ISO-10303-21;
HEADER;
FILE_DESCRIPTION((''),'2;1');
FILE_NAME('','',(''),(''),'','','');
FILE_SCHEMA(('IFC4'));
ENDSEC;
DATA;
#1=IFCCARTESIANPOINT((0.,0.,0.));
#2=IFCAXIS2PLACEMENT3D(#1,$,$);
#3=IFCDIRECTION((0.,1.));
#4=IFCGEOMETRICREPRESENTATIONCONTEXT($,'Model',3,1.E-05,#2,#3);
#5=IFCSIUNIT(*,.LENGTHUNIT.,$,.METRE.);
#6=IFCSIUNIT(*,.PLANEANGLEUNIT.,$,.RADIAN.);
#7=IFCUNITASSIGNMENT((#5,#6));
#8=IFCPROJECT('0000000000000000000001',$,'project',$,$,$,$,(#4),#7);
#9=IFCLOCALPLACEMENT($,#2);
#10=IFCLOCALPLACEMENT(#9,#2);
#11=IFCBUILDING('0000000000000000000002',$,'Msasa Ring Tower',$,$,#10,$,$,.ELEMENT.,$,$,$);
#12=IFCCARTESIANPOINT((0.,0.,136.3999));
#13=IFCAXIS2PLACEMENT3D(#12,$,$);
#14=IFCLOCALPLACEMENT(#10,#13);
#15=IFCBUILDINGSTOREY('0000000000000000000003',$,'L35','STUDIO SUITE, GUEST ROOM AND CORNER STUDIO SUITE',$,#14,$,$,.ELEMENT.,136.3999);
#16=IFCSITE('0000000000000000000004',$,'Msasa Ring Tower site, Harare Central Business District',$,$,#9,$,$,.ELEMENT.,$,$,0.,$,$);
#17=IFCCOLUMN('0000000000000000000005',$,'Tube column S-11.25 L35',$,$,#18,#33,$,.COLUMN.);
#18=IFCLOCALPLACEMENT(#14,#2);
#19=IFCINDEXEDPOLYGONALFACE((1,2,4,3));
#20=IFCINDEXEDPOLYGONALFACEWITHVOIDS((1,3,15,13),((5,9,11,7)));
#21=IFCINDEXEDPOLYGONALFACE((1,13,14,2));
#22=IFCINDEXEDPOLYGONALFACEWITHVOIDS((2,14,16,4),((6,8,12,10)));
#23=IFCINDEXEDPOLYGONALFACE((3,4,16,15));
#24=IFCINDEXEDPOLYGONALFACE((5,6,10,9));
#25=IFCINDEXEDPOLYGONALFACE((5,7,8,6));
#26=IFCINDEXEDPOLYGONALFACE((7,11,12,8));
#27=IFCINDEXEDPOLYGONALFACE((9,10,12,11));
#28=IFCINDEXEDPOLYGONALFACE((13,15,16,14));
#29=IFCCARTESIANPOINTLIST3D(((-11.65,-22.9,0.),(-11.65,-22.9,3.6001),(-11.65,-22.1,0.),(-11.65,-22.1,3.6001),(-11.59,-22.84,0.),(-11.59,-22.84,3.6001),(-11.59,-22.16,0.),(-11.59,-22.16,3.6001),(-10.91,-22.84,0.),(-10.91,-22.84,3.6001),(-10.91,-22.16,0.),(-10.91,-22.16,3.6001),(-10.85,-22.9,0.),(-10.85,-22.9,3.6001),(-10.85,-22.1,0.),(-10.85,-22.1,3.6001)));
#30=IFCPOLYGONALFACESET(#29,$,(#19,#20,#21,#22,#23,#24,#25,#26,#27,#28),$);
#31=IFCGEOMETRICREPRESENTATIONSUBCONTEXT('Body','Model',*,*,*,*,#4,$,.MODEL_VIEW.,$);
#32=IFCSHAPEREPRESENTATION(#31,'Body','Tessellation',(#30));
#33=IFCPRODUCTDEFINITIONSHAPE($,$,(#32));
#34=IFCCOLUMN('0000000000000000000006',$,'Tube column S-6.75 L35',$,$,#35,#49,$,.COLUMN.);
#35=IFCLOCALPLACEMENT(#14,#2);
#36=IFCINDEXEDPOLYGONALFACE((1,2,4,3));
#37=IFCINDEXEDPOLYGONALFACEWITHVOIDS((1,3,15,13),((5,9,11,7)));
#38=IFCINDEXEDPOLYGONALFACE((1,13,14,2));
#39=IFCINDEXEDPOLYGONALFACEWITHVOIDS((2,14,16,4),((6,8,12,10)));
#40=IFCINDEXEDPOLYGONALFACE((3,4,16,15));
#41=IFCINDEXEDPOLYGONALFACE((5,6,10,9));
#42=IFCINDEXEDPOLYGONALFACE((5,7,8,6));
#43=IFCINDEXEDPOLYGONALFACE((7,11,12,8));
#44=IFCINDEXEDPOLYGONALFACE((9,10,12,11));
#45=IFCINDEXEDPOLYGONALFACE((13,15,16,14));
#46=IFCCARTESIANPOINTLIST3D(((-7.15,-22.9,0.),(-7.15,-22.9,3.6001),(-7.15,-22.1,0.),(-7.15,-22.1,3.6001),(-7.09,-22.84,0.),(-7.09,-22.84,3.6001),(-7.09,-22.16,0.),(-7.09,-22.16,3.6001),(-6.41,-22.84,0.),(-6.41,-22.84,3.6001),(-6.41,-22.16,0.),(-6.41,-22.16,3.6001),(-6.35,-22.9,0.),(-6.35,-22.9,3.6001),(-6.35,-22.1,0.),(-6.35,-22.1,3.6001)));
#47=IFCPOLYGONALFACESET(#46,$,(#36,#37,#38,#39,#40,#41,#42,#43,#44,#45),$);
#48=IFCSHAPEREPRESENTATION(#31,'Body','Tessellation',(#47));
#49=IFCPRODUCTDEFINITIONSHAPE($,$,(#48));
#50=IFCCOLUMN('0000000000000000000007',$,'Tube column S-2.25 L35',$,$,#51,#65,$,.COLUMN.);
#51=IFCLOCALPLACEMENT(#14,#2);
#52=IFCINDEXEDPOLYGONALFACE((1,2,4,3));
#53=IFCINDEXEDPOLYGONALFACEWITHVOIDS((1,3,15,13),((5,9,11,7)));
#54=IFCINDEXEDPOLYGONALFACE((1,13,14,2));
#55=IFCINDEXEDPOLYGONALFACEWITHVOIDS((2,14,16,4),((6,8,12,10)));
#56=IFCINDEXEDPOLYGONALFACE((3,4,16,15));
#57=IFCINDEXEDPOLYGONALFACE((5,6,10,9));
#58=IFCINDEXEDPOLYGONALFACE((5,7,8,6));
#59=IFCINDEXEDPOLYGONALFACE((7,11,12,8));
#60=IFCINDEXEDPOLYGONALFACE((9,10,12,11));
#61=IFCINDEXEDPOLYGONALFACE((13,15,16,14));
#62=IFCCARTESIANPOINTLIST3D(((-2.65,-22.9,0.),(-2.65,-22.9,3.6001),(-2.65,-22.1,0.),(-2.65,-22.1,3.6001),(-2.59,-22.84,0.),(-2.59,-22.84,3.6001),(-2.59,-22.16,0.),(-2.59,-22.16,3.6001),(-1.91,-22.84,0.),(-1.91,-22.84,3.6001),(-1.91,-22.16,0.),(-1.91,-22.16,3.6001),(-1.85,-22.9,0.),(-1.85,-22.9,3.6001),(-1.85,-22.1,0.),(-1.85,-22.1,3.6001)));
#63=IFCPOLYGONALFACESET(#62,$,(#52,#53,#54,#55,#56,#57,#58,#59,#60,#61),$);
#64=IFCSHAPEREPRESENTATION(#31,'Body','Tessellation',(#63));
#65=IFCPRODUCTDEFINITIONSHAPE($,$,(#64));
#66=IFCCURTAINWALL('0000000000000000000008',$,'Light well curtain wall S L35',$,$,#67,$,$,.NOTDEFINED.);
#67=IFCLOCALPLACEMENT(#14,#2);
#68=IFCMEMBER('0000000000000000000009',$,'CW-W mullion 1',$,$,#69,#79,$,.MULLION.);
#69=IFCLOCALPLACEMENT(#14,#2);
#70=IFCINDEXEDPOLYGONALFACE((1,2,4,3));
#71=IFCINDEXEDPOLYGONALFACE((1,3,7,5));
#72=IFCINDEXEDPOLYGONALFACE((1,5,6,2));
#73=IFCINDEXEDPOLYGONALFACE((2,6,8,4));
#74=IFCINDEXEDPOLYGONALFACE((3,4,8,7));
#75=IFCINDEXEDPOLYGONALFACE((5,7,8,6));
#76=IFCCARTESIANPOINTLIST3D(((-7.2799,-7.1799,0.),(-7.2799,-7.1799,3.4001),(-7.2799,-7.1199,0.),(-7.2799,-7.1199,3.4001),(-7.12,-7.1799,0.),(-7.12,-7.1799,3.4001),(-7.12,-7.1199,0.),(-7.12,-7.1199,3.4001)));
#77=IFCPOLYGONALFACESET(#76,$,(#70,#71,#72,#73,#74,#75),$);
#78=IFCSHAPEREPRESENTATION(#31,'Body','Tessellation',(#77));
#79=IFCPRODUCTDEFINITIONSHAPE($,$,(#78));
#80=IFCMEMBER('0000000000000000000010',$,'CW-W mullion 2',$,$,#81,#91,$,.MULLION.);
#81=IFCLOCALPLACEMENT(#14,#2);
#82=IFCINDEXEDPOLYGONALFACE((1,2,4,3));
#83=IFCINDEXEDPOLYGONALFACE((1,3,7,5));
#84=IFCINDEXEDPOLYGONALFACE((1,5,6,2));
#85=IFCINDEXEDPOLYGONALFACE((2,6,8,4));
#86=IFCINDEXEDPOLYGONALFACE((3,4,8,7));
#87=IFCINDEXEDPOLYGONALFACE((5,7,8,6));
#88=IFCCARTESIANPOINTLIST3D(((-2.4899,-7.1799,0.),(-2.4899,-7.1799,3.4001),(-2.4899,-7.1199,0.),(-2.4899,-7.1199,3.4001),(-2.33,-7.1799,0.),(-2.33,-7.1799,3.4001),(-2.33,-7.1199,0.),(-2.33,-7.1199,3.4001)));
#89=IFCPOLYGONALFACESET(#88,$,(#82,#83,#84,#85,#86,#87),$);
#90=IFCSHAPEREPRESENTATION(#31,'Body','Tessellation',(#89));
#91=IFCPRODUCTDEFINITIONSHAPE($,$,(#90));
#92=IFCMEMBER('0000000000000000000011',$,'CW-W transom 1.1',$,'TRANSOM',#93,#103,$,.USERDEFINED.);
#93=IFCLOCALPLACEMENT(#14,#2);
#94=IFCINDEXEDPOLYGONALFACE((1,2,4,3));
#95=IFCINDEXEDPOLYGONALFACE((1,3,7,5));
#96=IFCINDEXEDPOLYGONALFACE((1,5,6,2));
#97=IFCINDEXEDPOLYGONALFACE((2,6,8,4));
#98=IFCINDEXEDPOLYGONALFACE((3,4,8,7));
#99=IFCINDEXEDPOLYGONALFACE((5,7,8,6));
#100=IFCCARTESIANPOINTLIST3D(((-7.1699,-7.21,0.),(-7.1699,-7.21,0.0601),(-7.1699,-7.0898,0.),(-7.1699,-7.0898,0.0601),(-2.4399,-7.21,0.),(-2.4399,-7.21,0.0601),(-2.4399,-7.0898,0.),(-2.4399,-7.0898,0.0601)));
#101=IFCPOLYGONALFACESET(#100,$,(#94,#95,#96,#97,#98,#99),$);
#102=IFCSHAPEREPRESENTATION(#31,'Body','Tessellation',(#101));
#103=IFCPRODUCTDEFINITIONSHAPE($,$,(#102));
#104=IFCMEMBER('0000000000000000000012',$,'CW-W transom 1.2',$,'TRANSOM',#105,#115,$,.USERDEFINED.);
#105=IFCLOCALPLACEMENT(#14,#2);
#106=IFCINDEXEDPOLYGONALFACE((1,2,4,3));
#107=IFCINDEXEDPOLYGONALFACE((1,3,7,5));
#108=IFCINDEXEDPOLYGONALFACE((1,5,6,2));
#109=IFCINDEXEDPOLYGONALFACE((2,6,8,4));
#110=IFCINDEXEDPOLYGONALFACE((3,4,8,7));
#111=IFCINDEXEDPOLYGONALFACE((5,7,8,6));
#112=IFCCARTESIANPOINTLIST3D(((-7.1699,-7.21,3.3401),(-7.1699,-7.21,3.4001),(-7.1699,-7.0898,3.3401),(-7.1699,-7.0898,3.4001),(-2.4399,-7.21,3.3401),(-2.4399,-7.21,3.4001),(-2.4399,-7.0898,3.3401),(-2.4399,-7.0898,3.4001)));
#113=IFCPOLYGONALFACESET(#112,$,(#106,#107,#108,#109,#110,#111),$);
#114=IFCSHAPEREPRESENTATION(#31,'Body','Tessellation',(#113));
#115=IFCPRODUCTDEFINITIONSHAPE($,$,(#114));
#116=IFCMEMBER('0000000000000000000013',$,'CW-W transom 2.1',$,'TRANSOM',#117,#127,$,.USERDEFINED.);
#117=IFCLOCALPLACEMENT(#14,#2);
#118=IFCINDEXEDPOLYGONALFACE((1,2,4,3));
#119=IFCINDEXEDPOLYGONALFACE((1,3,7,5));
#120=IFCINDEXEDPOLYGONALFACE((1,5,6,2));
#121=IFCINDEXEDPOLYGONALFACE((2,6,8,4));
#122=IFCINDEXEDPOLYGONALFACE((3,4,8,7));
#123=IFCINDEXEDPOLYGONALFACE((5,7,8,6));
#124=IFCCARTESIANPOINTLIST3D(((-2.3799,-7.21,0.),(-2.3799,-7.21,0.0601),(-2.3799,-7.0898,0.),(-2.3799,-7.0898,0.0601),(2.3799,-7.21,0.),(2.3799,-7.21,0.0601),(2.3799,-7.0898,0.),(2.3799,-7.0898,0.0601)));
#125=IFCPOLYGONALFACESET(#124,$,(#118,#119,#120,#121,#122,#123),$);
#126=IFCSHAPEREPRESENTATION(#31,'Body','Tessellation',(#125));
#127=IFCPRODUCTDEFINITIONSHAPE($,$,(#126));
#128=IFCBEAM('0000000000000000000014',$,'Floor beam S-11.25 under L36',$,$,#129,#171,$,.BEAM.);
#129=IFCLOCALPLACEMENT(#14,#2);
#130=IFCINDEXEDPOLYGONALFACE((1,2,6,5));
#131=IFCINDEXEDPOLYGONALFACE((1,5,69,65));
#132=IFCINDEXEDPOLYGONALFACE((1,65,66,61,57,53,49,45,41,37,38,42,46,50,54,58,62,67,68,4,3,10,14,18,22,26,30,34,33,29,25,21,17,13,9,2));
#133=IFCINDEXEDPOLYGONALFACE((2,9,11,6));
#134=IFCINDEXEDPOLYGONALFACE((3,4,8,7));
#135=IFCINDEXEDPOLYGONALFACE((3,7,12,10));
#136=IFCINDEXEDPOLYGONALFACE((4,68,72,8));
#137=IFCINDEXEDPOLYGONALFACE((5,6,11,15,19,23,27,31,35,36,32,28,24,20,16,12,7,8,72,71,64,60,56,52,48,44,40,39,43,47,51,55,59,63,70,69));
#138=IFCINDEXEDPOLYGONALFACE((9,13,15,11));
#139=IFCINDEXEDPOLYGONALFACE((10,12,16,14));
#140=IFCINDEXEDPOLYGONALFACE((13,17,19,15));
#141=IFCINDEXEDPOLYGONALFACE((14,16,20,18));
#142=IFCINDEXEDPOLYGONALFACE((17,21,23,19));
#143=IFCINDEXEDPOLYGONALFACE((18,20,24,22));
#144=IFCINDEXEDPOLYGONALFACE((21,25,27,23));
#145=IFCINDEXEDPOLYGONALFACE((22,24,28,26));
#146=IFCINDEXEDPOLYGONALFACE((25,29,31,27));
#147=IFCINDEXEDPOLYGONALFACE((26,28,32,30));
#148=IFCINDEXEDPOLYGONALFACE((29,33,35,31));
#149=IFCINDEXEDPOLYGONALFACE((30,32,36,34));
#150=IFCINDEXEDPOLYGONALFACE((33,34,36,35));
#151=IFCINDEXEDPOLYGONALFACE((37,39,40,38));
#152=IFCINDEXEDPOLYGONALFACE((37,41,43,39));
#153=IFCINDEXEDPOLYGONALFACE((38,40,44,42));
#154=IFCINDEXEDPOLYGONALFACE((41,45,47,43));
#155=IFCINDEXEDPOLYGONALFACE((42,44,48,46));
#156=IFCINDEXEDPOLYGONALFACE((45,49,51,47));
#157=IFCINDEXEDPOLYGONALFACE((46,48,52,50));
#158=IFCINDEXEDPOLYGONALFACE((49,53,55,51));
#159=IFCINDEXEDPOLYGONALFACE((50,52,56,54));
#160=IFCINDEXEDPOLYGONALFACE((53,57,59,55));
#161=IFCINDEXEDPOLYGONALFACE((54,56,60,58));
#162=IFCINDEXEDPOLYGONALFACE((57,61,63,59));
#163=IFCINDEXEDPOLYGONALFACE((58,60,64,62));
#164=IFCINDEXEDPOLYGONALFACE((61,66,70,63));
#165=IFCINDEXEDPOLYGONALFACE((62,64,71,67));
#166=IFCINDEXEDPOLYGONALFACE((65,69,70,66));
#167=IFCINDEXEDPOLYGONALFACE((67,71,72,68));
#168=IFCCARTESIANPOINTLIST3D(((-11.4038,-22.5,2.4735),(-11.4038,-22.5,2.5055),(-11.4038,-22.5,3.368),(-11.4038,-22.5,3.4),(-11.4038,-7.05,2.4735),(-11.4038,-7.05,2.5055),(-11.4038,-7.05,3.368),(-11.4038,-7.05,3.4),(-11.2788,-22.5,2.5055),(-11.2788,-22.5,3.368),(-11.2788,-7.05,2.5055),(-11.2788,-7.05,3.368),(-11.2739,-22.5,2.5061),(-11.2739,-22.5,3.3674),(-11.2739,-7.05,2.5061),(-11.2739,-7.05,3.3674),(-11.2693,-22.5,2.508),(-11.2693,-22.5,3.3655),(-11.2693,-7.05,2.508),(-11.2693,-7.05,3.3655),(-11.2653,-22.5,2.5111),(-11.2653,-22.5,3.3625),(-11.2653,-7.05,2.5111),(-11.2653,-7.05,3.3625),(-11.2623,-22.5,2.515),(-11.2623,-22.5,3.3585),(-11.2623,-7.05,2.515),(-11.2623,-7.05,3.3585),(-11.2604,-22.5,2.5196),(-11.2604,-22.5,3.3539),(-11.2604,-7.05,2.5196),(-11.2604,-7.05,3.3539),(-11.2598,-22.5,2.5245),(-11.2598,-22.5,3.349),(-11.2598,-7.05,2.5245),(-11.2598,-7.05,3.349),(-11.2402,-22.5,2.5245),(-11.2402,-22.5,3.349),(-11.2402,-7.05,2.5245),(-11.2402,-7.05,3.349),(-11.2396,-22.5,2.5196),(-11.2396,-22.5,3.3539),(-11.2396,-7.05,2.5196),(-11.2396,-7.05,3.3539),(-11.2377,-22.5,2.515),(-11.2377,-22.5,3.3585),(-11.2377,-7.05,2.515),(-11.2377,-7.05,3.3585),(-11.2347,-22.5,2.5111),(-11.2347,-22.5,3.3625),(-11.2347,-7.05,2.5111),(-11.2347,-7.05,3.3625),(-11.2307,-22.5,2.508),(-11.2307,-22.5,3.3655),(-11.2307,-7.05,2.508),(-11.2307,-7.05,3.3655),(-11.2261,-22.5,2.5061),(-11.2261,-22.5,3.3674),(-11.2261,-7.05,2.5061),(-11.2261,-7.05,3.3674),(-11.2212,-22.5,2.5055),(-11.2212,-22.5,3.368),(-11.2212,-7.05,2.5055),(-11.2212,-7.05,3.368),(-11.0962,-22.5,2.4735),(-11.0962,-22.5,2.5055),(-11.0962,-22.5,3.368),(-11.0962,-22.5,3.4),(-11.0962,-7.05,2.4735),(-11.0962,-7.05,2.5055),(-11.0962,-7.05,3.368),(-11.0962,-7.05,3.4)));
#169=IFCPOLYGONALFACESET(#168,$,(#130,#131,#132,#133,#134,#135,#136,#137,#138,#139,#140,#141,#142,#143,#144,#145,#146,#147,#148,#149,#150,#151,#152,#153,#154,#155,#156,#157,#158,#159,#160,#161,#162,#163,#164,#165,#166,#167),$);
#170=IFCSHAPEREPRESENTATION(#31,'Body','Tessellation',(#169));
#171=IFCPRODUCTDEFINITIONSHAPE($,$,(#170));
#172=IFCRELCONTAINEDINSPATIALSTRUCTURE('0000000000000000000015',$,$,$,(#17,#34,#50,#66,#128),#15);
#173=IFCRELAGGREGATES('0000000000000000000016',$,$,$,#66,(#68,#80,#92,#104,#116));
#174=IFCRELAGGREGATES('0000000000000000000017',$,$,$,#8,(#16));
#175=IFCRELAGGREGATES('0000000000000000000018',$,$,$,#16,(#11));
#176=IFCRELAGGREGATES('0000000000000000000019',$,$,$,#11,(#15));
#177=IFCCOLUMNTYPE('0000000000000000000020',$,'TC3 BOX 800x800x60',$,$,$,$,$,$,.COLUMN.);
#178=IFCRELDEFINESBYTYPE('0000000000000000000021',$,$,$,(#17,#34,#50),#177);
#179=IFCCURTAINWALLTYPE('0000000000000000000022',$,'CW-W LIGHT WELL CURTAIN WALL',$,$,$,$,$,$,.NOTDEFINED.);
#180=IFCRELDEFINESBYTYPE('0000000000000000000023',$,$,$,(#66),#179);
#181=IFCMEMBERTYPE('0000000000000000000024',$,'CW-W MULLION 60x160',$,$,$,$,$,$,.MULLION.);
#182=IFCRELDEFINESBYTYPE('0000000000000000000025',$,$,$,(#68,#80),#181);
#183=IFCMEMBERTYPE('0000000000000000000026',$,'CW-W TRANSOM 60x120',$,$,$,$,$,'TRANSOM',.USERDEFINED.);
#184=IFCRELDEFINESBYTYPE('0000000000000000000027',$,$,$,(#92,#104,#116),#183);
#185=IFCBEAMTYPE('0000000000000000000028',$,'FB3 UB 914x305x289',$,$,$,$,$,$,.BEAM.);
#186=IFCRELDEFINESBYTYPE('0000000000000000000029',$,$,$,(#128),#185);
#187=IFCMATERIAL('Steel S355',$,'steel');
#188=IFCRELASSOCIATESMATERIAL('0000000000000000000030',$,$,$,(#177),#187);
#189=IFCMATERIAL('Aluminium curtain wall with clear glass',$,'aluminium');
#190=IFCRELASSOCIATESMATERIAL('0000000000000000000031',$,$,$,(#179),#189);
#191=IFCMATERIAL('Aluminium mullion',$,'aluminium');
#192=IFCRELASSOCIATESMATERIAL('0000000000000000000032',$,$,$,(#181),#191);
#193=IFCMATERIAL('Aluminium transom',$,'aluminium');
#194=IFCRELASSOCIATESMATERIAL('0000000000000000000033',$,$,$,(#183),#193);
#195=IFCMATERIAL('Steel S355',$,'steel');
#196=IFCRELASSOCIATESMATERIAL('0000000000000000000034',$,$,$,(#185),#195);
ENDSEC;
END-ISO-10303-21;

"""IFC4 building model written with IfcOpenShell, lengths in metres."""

from ifc_helpers import new_model, si_unit, direction, frame, origin, origin_2d, place, context, subcontext, project, spatial, rectangle, hollow_rectangle, i_section, extrude, material, material_profile, profile_set, type_object, element, aggregate, save


model = new_model("IFC4")

# Units and contexts
model_context = context("Model", 3, precision=1e-05, world=origin(), true_north=direction((0.0, 1.0)))
body_context = subcontext(model_context, "Body", "Model", "MODEL_VIEW")
ifc_project = project(units=[si_unit("LENGTHUNIT", "METRE"), si_unit("PLANEANGLEUNIT", "RADIAN")], contexts=[model_context])

# Site, building, storey
site_placement = place(None, origin())
site = spatial("IfcSite", under=ifc_project, at=site_placement, Name="Msasa Ring Tower site, Harare Central Business District", CompositionType="ELEMENT", RefElevation=0.0)
building_placement = place(site_placement, origin())
building = spatial("IfcBuilding", under=site, at=building_placement, Name="Msasa Ring Tower", CompositionType="ELEMENT")
storey_placement = place(building_placement, frame((0.0, 0.0, 136.3999)))
storey = spatial("IfcBuildingStorey", under=building, at=storey_placement, Name="L35", Description="STUDIO SUITE, GUEST ROOM AND CORNER STUDIO SUITE", CompositionType="ELEMENT", Elevation=136.3999)

# Columns
ifc_material_1 = material(Name="Steel S355", Category="steel")
ifc_material_profile_1 = material_profile(ifc_material_1, hollow_rectangle(XDim=0.8, YDim=0.8, WallThickness=0.0601, at=origin_2d()), Name="BOX 800x800x60")
ifc_profile_set_1 = profile_set([ifc_material_profile_1], Name="Steel S355")
column_type = type_object("IfcColumnType", Name="TC3 BOX 800x800x60", PredefinedType="COLUMN", material=ifc_profile_set_1)
for number, where, z_axis, x_axis, name in (
    (1, (-11.25, -22.5, 0.0), (0.0, 0.0, 1.0), (0.0, 1.0, 0.0), "Tube column S-11.25 L35"),
    (2, (-6.75, -22.5, 0.0), (0.0, 0.0, 1.0), (0.0, 1.0, 0.0), "Tube column S-6.75 L35"),
    (3, (-2.25, -22.5, 0.0), (0.0, 0.0, 1.0), (0.0, 1.0, 0.0), "Tube column S-2.25 L35"),
):
    element("IfcColumn", number, at=place(storey_placement, frame(where, z_axis=z_axis, x_axis=x_axis)), inside=storey, type_object=column_type, Name=name, PredefinedType="COLUMN", context=body_context, shape_type="SweptSolid", body=[
        extrude(hollow_rectangle(XDim=0.8, YDim=0.8, WallThickness=0.0601, at=origin_2d()), origin(), (0.0, 0.0, 1.0), 3.6001),
    ])

# Curtain wall, members
ifc_material_2 = material(Name="Aluminium curtain wall with clear glass", Category="aluminium")
curtain_wall_type = type_object("IfcCurtainWallType", Name="CW-W LIGHT WELL CURTAIN WALL", PredefinedType="NOTDEFINED", material=ifc_material_2)
curtain_wall_placement = place(storey_placement, origin())
curtain_wall = element("IfcCurtainWall", 4, at=curtain_wall_placement, inside=storey, type_object=curtain_wall_type, Name="Light well curtain wall S L35", PredefinedType="NOTDEFINED")
ifc_material_3 = material(Name="Aluminium mullion", Category="aluminium")
ifc_material_profile_2 = material_profile(ifc_material_3, rectangle(XDim=0.0601, YDim=0.1599, at=origin_2d()), Name="AL 60x160")
ifc_profile_set_2 = profile_set([ifc_material_profile_2], Name="Aluminium mullion")
member_type_1 = type_object("IfcMemberType", Name="CW-W MULLION 60x160", PredefinedType="MULLION", material=ifc_profile_set_2)
member_1_placement = place(storey_placement, frame((-7.2, -7.1499, 0.0), z_axis=(0.0, 0.0, 1.0), x_axis=(0.0, 1.0, 0.0)))
member_1 = element("IfcMember", 5, at=member_1_placement, type_object=member_type_1, Name="CW-W mullion 1", PredefinedType="MULLION", context=body_context, shape_type="SweptSolid", body=[
    extrude(rectangle(XDim=0.0601, YDim=0.1599, at=origin_2d()), origin(), (0.0, 0.0, 1.0), 3.4001),
])
member_2_placement = place(storey_placement, frame((-2.4099, -7.1499, 0.0), z_axis=(0.0, 0.0, 1.0), x_axis=(0.0, 1.0, 0.0)))
member_2 = element("IfcMember", 6, at=member_2_placement, type_object=member_type_1, Name="CW-W mullion 2", PredefinedType="MULLION", context=body_context, shape_type="SweptSolid", body=[
    extrude(rectangle(XDim=0.0601, YDim=0.1599, at=origin_2d()), origin(), (0.0, 0.0, 1.0), 3.4001),
])
ifc_material_4 = material(Name="Aluminium transom", Category="aluminium")
ifc_material_profile_3 = material_profile(ifc_material_4, rectangle(XDim=0.1201, YDim=0.0601, at=origin_2d()), Name="AL 60x120")
ifc_profile_set_3 = profile_set([ifc_material_profile_3], Name="Aluminium transom")
member_type_2 = type_object("IfcMemberType", Name="CW-W TRANSOM 60x120", ElementType="TRANSOM", PredefinedType="USERDEFINED", material=ifc_profile_set_3)
member_3_placement = place(storey_placement, frame((-7.1699, -7.1499, 0.03), z_axis=(1.0, 0.0, 0.0), x_axis=(0.0, 1.0, 0.0)))
member_3 = element("IfcMember", 7, at=member_3_placement, type_object=member_type_2, Name="CW-W transom 1.1", ObjectType="TRANSOM", PredefinedType="USERDEFINED", context=body_context, shape_type="SweptSolid", body=[
    extrude(rectangle(XDim=0.1201, YDim=0.0601, at=origin_2d()), origin(), (0.0, 0.0, 1.0), 4.73),
])
member_4_placement = place(storey_placement, frame((-7.1699, -7.1499, 3.3701), z_axis=(1.0, 0.0, 0.0), x_axis=(0.0, 1.0, 0.0)))
member_4 = element("IfcMember", 8, at=member_4_placement, type_object=member_type_2, Name="CW-W transom 1.2", ObjectType="TRANSOM", PredefinedType="USERDEFINED", context=body_context, shape_type="SweptSolid", body=[
    extrude(rectangle(XDim=0.1201, YDim=0.0601, at=origin_2d()), origin(), (0.0, 0.0, 1.0), 4.73),
])
member_5_placement = place(storey_placement, frame((-2.3799, -7.1499, 0.03), z_axis=(1.0, 0.0, 0.0), x_axis=(0.0, 1.0, 0.0)))
member_5 = element("IfcMember", 9, at=member_5_placement, type_object=member_type_2, Name="CW-W transom 2.1", ObjectType="TRANSOM", PredefinedType="USERDEFINED", context=body_context, shape_type="SweptSolid", body=[
    extrude(rectangle(XDim=0.1201, YDim=0.0601, at=origin_2d()), origin(), (0.0, 0.0, 1.0), 4.7598),
])

# Beam
ifc_material_5 = material(Name="Steel S355", Category="steel")
ifc_material_profile_4 = material_profile(ifc_material_5, i_section(OverallWidth=0.3076, OverallDepth=0.9265, WebThickness=0.0195, FlangeThickness=0.032, FilletRadius=0.019, at=origin_2d()), Name="UB 914x305x289")
ifc_profile_set_4 = profile_set([ifc_material_profile_4], Name="Steel S355")
beam_type_1 = type_object("IfcBeamType", Name="FB3 UB 914x305x289", PredefinedType="BEAM", material=ifc_profile_set_4)
beam_placement = place(storey_placement, frame((-11.25, -22.5, 2.9368), z_axis=(0.0, 1.0, 0.0), x_axis=(-1.0, 0.0, 0.0)))
element("IfcBeam", 10, at=beam_placement, inside=storey, type_object=beam_type_1, Name="Floor beam S-11.25 under L36", PredefinedType="BEAM", context=body_context, shape_type="SweptSolid", body=[
    extrude(i_section(OverallWidth=0.3076, OverallDepth=0.9265, WebThickness=0.0195, FlangeThickness=0.032, FilletRadius=0.019, at=origin_2d()), origin(), (0.0, 0.0, 1.0), 15.45),
])

aggregate(curtain_wall, [member_1, member_2, member_3, member_4, member_5])

save(model, "model.ifc")
